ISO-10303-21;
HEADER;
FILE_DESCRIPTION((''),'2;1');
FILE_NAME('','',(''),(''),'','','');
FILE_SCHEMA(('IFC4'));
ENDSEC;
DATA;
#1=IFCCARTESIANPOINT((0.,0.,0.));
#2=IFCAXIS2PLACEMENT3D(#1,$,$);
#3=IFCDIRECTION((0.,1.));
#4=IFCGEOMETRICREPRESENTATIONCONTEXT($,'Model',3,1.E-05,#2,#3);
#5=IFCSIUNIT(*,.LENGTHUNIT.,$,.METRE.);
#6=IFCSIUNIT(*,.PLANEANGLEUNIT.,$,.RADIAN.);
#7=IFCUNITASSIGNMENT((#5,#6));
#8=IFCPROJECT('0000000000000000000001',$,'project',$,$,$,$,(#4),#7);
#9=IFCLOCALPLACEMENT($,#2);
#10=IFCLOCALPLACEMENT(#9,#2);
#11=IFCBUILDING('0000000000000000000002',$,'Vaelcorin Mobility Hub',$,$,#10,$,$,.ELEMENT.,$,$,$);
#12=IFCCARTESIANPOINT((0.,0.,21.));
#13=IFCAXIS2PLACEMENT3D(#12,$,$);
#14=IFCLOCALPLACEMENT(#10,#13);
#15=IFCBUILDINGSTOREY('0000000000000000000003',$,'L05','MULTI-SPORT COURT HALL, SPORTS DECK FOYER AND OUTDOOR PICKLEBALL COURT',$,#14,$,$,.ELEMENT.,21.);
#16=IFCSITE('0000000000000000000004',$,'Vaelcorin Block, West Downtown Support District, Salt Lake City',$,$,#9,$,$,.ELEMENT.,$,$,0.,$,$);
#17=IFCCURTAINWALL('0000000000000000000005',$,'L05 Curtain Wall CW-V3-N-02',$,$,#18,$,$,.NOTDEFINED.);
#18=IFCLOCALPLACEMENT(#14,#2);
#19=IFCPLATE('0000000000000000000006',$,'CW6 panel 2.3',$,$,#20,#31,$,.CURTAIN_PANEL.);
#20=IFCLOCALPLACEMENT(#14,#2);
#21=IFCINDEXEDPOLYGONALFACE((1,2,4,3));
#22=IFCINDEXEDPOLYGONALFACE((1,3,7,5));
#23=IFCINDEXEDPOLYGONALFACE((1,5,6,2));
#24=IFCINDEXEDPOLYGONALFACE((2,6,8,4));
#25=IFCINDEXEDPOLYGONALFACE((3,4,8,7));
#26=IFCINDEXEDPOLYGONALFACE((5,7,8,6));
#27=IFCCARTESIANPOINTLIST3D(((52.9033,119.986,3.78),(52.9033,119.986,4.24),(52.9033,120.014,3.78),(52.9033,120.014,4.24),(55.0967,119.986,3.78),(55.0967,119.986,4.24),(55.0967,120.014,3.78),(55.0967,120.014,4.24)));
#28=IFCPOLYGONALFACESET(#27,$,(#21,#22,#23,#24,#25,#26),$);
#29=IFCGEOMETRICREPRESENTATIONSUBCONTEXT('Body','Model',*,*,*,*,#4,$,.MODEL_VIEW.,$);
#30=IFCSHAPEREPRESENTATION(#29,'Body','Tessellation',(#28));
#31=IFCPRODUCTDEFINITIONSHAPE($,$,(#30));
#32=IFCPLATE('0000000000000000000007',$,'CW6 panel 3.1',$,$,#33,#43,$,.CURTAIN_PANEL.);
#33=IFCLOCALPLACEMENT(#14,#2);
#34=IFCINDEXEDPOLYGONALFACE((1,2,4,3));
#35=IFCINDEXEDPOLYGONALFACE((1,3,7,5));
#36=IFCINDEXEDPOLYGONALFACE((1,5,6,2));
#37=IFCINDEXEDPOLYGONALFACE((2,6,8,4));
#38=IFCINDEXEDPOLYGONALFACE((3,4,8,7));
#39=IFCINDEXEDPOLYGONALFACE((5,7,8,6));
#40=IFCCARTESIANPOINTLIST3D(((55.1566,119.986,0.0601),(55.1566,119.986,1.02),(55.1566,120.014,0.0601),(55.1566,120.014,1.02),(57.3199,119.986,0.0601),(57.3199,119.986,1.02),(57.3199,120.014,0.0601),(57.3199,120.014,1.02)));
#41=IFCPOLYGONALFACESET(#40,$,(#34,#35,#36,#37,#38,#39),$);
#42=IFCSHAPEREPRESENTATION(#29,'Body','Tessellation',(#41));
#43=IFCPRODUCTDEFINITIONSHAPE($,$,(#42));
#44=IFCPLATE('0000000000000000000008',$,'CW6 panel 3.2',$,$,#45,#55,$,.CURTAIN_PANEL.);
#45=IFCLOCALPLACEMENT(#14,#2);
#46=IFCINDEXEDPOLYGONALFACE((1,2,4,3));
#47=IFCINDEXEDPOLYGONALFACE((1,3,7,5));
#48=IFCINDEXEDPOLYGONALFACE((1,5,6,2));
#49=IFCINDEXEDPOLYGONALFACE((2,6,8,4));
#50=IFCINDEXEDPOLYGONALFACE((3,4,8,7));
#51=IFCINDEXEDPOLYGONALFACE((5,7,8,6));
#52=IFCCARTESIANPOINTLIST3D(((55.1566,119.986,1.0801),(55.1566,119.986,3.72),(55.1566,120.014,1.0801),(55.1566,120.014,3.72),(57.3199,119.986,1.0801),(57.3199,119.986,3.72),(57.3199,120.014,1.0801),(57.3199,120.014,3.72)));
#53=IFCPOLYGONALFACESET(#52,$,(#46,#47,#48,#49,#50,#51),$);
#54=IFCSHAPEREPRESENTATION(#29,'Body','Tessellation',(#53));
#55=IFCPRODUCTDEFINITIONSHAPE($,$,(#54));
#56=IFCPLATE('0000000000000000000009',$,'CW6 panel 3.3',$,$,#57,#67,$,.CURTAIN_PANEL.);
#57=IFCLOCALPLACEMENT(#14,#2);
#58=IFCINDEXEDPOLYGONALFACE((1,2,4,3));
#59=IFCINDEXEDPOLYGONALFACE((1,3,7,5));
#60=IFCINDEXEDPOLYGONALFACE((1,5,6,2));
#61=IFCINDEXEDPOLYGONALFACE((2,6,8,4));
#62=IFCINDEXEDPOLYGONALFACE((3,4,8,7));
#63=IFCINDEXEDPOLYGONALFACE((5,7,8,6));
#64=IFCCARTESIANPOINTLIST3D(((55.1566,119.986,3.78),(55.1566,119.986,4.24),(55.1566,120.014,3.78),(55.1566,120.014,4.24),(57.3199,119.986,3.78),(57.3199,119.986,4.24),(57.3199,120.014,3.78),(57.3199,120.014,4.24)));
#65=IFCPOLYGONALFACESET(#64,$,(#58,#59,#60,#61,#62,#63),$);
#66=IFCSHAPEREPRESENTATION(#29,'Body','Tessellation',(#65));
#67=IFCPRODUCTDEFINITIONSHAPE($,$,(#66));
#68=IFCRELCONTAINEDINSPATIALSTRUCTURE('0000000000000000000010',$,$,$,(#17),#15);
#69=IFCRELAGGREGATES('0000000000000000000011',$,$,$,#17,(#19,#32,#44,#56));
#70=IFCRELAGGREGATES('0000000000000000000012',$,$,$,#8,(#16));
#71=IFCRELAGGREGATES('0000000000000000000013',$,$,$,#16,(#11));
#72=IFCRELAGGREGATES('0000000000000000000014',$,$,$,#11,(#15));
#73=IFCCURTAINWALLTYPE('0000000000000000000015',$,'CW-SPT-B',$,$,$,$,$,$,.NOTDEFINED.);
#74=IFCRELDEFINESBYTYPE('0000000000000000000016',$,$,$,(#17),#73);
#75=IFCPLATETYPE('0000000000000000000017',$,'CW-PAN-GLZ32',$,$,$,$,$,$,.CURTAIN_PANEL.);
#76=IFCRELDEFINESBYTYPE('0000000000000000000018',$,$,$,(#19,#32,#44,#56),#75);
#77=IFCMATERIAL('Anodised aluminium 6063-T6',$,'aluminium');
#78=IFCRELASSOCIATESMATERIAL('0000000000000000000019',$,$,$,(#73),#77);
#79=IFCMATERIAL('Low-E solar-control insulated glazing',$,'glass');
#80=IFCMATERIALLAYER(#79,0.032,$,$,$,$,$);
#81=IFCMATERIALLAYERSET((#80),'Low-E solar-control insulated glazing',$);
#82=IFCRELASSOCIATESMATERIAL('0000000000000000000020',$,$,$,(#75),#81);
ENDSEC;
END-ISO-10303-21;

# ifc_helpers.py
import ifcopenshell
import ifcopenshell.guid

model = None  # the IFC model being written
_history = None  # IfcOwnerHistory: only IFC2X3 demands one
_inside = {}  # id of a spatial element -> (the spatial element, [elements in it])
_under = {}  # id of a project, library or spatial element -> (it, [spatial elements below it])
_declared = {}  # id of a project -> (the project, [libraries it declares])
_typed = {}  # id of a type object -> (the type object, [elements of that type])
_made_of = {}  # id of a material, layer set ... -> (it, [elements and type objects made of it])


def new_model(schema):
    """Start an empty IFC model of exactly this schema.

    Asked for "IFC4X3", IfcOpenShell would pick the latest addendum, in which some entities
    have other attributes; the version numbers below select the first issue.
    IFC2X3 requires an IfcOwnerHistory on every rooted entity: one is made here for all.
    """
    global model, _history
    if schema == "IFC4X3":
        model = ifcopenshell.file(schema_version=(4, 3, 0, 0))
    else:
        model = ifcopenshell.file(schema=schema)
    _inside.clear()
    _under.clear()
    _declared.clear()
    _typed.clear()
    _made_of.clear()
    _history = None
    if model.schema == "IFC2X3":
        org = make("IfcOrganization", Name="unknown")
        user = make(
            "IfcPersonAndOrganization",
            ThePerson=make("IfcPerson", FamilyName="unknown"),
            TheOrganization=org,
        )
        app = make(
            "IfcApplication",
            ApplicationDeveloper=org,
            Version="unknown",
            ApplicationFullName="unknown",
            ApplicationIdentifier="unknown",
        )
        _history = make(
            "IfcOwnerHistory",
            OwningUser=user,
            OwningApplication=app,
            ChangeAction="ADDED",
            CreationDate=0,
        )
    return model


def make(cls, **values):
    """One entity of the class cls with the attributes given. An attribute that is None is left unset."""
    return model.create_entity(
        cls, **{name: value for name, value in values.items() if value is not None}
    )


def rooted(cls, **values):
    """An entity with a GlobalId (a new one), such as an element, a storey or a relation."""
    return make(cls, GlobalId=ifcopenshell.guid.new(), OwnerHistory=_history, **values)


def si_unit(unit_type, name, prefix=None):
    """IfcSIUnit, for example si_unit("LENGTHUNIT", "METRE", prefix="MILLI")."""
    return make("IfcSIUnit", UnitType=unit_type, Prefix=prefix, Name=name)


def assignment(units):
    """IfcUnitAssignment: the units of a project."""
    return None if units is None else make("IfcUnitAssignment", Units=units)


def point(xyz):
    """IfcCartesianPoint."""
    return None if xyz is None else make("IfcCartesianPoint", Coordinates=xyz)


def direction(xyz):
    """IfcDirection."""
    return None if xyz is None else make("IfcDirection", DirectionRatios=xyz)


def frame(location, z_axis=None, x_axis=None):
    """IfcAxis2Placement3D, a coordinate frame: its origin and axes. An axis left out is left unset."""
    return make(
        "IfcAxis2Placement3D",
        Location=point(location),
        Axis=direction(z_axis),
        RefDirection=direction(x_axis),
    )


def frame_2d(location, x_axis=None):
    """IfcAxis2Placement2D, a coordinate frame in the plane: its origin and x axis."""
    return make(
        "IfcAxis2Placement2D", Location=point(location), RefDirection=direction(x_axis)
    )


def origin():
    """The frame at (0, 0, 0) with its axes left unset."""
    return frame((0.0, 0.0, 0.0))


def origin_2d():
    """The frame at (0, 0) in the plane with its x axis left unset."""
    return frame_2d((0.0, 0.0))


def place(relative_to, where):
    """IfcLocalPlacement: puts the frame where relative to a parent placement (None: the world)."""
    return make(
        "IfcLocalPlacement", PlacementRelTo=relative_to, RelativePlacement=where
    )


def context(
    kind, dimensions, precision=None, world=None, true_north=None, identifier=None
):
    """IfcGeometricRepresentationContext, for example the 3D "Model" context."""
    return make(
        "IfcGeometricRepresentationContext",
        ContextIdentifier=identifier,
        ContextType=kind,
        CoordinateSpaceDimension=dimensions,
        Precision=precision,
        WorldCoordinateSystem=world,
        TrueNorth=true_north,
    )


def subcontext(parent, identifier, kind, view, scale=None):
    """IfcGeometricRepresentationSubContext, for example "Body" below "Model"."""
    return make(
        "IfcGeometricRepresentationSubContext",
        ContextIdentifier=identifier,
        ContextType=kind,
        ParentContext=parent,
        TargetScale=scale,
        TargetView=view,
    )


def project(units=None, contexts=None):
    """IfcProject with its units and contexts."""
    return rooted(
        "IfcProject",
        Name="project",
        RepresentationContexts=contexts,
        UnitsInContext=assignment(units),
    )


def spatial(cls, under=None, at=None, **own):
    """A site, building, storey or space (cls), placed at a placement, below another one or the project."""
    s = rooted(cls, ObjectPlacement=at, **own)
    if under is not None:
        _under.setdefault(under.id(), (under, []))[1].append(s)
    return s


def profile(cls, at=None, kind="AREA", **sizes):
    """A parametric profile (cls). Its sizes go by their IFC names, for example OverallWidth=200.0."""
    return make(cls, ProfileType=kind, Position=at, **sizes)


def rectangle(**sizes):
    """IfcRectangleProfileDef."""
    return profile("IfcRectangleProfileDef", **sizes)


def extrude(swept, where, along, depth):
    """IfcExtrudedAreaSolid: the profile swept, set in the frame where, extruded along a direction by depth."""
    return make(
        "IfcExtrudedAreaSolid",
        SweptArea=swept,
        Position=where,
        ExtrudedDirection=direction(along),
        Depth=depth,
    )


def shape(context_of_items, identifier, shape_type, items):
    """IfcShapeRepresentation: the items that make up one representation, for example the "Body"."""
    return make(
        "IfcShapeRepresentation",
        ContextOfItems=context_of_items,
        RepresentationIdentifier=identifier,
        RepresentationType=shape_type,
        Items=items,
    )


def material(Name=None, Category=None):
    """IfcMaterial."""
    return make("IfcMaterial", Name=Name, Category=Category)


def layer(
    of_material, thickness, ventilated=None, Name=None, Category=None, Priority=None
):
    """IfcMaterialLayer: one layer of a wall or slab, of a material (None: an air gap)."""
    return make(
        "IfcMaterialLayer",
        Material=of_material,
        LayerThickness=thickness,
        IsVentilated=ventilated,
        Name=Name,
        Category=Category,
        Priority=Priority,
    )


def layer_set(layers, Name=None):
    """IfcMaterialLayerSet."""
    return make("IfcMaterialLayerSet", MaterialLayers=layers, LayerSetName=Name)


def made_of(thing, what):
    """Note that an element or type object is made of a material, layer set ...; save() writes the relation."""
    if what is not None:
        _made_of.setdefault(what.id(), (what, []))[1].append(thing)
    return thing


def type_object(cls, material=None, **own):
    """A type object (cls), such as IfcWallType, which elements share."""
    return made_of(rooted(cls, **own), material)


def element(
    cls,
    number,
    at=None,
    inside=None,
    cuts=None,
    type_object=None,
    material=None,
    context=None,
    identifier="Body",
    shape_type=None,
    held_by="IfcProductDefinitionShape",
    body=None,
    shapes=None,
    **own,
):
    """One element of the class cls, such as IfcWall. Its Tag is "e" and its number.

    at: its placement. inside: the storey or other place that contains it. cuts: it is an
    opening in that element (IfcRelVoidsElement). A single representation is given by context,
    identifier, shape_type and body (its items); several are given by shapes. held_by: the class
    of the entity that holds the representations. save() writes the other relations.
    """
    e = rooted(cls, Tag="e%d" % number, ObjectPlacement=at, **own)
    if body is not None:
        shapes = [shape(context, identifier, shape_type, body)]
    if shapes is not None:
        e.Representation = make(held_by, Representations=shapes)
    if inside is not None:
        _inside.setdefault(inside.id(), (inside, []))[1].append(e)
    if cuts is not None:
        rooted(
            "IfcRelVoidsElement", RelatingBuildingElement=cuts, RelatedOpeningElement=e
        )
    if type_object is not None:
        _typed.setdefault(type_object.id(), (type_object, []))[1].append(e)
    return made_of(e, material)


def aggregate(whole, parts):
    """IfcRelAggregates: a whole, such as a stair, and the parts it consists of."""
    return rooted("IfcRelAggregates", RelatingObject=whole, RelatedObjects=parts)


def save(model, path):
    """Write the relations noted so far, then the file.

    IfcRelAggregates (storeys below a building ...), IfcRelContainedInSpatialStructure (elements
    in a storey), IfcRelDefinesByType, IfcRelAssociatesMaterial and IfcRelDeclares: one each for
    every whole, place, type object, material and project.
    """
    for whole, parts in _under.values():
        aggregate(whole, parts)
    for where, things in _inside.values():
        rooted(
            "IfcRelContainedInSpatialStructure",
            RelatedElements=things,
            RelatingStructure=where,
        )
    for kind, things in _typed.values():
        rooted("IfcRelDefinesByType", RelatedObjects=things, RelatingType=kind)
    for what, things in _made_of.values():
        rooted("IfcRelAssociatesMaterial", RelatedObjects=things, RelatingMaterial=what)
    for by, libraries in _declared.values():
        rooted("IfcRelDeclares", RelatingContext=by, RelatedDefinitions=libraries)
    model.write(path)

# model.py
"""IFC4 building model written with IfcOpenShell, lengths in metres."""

from ifc_helpers import new_model, si_unit, direction, frame, origin, origin_2d, place, context, subcontext, project, spatial, rectangle, extrude, material, layer, layer_set, type_object, element, aggregate, save


model = new_model("IFC4")

# Units and contexts
model_context = context("Model", 3, precision=1e-05, world=origin(), true_north=direction((0.0, 1.0)))
body_context = subcontext(model_context, "Body", "Model", "MODEL_VIEW")
ifc_project = project(units=[si_unit("LENGTHUNIT", "METRE"), si_unit("PLANEANGLEUNIT", "RADIAN")], contexts=[model_context])

# Site, building, storey
site_placement = place(None, origin())
site = spatial("IfcSite", under=ifc_project, at=site_placement, Name="Vaelcorin Block, West Downtown Support District, Salt Lake City", CompositionType="ELEMENT", RefElevation=0.0)
building_placement = place(site_placement, origin())
building = spatial("IfcBuilding", under=site, at=building_placement, Name="Vaelcorin Mobility Hub", CompositionType="ELEMENT")
storey_placement = place(building_placement, frame((0.0, 0.0, 21.0)))
storey = spatial("IfcBuildingStorey", under=building, at=storey_placement, Name="L05", Description="MULTI-SPORT COURT HALL, SPORTS DECK FOYER AND OUTDOOR PICKLEBALL COURT", CompositionType="ELEMENT", Elevation=21.0)

# Curtain wall
ifc_material_1 = material(Name="Anodised aluminium 6063-T6", Category="aluminium")
curtain_wall_type = type_object("IfcCurtainWallType", Name="CW-SPT-B", PredefinedType="NOTDEFINED", material=ifc_material_1)
curtain_wall_1_placement = place(storey_placement, origin())
curtain_wall_1 = element("IfcCurtainWall", 1, at=curtain_wall_1_placement, inside=storey, type_object=curtain_wall_type, Name="L05 Curtain Wall CW-V3-N-02", PredefinedType="NOTDEFINED")

# Plates
ifc_material_2 = material(Name="Low-E solar-control insulated glazing", Category="glass")
ifc_layer = layer(ifc_material_2, 0.032)
ifc_layer_set = layer_set([ifc_layer], Name="Low-E solar-control insulated glazing")
plate_type = type_object("IfcPlateType", Name="CW-PAN-GLZ32", PredefinedType="CURTAIN_PANEL", material=ifc_layer_set)
plate_1_placement = place(storey_placement, frame((54.0, 120.0, 3.78), z_axis=(0.0, 0.0, 1.0), x_axis=(1.0, 0.0, 0.0)))
plate_1 = element("IfcPlate", 2, at=plate_1_placement, type_object=plate_type, Name="CW6 panel 2.3", PredefinedType="CURTAIN_PANEL", context=body_context, shape_type="SweptSolid", body=[
    extrude(rectangle(XDim=2.1934, YDim=0.0281, at=origin_2d()), origin(), (0.0, 0.0, 1.0), 0.46),
])
plate_2_placement = place(storey_placement, frame((56.2383, 120.0, 0.0601), z_axis=(0.0, 0.0, 1.0), x_axis=(1.0, 0.0, 0.0)))
plate_2 = element("IfcPlate", 3, at=plate_2_placement, type_object=plate_type, Name="CW6 panel 3.1", PredefinedType="CURTAIN_PANEL", context=body_context, shape_type="SweptSolid", body=[
    extrude(rectangle(XDim=2.1633, YDim=0.0281, at=origin_2d()), origin(), (0.0, 0.0, 1.0), 0.96),
])
plate_3_placement = place(storey_placement, frame((56.2383, 120.0, 1.0801), z_axis=(0.0, 0.0, 1.0), x_axis=(1.0, 0.0, 0.0)))
plate_3 = element("IfcPlate", 4, at=plate_3_placement, type_object=plate_type, Name="CW6 panel 3.2", PredefinedType="CURTAIN_PANEL", context=body_context, shape_type="SweptSolid", body=[
    extrude(rectangle(XDim=2.1633, YDim=0.0281, at=origin_2d()), origin(), (0.0, 0.0, 1.0), 2.6399),
])
plate_4_placement = place(storey_placement, frame((56.2383, 120.0, 3.78), z_axis=(0.0, 0.0, 1.0), x_axis=(1.0, 0.0, 0.0)))
plate_4 = element("IfcPlate", 5, at=plate_4_placement, type_object=plate_type, Name="CW6 panel 3.3", PredefinedType="CURTAIN_PANEL", context=body_context, shape_type="SweptSolid", body=[
    extrude(rectangle(XDim=2.1633, YDim=0.0281, at=origin_2d()), origin(), (0.0, 0.0, 1.0), 0.46),
])
aggregate(curtain_wall_1, [plate_1, plate_2, plate_3, plate_4])

save(model, "model.ifc")
